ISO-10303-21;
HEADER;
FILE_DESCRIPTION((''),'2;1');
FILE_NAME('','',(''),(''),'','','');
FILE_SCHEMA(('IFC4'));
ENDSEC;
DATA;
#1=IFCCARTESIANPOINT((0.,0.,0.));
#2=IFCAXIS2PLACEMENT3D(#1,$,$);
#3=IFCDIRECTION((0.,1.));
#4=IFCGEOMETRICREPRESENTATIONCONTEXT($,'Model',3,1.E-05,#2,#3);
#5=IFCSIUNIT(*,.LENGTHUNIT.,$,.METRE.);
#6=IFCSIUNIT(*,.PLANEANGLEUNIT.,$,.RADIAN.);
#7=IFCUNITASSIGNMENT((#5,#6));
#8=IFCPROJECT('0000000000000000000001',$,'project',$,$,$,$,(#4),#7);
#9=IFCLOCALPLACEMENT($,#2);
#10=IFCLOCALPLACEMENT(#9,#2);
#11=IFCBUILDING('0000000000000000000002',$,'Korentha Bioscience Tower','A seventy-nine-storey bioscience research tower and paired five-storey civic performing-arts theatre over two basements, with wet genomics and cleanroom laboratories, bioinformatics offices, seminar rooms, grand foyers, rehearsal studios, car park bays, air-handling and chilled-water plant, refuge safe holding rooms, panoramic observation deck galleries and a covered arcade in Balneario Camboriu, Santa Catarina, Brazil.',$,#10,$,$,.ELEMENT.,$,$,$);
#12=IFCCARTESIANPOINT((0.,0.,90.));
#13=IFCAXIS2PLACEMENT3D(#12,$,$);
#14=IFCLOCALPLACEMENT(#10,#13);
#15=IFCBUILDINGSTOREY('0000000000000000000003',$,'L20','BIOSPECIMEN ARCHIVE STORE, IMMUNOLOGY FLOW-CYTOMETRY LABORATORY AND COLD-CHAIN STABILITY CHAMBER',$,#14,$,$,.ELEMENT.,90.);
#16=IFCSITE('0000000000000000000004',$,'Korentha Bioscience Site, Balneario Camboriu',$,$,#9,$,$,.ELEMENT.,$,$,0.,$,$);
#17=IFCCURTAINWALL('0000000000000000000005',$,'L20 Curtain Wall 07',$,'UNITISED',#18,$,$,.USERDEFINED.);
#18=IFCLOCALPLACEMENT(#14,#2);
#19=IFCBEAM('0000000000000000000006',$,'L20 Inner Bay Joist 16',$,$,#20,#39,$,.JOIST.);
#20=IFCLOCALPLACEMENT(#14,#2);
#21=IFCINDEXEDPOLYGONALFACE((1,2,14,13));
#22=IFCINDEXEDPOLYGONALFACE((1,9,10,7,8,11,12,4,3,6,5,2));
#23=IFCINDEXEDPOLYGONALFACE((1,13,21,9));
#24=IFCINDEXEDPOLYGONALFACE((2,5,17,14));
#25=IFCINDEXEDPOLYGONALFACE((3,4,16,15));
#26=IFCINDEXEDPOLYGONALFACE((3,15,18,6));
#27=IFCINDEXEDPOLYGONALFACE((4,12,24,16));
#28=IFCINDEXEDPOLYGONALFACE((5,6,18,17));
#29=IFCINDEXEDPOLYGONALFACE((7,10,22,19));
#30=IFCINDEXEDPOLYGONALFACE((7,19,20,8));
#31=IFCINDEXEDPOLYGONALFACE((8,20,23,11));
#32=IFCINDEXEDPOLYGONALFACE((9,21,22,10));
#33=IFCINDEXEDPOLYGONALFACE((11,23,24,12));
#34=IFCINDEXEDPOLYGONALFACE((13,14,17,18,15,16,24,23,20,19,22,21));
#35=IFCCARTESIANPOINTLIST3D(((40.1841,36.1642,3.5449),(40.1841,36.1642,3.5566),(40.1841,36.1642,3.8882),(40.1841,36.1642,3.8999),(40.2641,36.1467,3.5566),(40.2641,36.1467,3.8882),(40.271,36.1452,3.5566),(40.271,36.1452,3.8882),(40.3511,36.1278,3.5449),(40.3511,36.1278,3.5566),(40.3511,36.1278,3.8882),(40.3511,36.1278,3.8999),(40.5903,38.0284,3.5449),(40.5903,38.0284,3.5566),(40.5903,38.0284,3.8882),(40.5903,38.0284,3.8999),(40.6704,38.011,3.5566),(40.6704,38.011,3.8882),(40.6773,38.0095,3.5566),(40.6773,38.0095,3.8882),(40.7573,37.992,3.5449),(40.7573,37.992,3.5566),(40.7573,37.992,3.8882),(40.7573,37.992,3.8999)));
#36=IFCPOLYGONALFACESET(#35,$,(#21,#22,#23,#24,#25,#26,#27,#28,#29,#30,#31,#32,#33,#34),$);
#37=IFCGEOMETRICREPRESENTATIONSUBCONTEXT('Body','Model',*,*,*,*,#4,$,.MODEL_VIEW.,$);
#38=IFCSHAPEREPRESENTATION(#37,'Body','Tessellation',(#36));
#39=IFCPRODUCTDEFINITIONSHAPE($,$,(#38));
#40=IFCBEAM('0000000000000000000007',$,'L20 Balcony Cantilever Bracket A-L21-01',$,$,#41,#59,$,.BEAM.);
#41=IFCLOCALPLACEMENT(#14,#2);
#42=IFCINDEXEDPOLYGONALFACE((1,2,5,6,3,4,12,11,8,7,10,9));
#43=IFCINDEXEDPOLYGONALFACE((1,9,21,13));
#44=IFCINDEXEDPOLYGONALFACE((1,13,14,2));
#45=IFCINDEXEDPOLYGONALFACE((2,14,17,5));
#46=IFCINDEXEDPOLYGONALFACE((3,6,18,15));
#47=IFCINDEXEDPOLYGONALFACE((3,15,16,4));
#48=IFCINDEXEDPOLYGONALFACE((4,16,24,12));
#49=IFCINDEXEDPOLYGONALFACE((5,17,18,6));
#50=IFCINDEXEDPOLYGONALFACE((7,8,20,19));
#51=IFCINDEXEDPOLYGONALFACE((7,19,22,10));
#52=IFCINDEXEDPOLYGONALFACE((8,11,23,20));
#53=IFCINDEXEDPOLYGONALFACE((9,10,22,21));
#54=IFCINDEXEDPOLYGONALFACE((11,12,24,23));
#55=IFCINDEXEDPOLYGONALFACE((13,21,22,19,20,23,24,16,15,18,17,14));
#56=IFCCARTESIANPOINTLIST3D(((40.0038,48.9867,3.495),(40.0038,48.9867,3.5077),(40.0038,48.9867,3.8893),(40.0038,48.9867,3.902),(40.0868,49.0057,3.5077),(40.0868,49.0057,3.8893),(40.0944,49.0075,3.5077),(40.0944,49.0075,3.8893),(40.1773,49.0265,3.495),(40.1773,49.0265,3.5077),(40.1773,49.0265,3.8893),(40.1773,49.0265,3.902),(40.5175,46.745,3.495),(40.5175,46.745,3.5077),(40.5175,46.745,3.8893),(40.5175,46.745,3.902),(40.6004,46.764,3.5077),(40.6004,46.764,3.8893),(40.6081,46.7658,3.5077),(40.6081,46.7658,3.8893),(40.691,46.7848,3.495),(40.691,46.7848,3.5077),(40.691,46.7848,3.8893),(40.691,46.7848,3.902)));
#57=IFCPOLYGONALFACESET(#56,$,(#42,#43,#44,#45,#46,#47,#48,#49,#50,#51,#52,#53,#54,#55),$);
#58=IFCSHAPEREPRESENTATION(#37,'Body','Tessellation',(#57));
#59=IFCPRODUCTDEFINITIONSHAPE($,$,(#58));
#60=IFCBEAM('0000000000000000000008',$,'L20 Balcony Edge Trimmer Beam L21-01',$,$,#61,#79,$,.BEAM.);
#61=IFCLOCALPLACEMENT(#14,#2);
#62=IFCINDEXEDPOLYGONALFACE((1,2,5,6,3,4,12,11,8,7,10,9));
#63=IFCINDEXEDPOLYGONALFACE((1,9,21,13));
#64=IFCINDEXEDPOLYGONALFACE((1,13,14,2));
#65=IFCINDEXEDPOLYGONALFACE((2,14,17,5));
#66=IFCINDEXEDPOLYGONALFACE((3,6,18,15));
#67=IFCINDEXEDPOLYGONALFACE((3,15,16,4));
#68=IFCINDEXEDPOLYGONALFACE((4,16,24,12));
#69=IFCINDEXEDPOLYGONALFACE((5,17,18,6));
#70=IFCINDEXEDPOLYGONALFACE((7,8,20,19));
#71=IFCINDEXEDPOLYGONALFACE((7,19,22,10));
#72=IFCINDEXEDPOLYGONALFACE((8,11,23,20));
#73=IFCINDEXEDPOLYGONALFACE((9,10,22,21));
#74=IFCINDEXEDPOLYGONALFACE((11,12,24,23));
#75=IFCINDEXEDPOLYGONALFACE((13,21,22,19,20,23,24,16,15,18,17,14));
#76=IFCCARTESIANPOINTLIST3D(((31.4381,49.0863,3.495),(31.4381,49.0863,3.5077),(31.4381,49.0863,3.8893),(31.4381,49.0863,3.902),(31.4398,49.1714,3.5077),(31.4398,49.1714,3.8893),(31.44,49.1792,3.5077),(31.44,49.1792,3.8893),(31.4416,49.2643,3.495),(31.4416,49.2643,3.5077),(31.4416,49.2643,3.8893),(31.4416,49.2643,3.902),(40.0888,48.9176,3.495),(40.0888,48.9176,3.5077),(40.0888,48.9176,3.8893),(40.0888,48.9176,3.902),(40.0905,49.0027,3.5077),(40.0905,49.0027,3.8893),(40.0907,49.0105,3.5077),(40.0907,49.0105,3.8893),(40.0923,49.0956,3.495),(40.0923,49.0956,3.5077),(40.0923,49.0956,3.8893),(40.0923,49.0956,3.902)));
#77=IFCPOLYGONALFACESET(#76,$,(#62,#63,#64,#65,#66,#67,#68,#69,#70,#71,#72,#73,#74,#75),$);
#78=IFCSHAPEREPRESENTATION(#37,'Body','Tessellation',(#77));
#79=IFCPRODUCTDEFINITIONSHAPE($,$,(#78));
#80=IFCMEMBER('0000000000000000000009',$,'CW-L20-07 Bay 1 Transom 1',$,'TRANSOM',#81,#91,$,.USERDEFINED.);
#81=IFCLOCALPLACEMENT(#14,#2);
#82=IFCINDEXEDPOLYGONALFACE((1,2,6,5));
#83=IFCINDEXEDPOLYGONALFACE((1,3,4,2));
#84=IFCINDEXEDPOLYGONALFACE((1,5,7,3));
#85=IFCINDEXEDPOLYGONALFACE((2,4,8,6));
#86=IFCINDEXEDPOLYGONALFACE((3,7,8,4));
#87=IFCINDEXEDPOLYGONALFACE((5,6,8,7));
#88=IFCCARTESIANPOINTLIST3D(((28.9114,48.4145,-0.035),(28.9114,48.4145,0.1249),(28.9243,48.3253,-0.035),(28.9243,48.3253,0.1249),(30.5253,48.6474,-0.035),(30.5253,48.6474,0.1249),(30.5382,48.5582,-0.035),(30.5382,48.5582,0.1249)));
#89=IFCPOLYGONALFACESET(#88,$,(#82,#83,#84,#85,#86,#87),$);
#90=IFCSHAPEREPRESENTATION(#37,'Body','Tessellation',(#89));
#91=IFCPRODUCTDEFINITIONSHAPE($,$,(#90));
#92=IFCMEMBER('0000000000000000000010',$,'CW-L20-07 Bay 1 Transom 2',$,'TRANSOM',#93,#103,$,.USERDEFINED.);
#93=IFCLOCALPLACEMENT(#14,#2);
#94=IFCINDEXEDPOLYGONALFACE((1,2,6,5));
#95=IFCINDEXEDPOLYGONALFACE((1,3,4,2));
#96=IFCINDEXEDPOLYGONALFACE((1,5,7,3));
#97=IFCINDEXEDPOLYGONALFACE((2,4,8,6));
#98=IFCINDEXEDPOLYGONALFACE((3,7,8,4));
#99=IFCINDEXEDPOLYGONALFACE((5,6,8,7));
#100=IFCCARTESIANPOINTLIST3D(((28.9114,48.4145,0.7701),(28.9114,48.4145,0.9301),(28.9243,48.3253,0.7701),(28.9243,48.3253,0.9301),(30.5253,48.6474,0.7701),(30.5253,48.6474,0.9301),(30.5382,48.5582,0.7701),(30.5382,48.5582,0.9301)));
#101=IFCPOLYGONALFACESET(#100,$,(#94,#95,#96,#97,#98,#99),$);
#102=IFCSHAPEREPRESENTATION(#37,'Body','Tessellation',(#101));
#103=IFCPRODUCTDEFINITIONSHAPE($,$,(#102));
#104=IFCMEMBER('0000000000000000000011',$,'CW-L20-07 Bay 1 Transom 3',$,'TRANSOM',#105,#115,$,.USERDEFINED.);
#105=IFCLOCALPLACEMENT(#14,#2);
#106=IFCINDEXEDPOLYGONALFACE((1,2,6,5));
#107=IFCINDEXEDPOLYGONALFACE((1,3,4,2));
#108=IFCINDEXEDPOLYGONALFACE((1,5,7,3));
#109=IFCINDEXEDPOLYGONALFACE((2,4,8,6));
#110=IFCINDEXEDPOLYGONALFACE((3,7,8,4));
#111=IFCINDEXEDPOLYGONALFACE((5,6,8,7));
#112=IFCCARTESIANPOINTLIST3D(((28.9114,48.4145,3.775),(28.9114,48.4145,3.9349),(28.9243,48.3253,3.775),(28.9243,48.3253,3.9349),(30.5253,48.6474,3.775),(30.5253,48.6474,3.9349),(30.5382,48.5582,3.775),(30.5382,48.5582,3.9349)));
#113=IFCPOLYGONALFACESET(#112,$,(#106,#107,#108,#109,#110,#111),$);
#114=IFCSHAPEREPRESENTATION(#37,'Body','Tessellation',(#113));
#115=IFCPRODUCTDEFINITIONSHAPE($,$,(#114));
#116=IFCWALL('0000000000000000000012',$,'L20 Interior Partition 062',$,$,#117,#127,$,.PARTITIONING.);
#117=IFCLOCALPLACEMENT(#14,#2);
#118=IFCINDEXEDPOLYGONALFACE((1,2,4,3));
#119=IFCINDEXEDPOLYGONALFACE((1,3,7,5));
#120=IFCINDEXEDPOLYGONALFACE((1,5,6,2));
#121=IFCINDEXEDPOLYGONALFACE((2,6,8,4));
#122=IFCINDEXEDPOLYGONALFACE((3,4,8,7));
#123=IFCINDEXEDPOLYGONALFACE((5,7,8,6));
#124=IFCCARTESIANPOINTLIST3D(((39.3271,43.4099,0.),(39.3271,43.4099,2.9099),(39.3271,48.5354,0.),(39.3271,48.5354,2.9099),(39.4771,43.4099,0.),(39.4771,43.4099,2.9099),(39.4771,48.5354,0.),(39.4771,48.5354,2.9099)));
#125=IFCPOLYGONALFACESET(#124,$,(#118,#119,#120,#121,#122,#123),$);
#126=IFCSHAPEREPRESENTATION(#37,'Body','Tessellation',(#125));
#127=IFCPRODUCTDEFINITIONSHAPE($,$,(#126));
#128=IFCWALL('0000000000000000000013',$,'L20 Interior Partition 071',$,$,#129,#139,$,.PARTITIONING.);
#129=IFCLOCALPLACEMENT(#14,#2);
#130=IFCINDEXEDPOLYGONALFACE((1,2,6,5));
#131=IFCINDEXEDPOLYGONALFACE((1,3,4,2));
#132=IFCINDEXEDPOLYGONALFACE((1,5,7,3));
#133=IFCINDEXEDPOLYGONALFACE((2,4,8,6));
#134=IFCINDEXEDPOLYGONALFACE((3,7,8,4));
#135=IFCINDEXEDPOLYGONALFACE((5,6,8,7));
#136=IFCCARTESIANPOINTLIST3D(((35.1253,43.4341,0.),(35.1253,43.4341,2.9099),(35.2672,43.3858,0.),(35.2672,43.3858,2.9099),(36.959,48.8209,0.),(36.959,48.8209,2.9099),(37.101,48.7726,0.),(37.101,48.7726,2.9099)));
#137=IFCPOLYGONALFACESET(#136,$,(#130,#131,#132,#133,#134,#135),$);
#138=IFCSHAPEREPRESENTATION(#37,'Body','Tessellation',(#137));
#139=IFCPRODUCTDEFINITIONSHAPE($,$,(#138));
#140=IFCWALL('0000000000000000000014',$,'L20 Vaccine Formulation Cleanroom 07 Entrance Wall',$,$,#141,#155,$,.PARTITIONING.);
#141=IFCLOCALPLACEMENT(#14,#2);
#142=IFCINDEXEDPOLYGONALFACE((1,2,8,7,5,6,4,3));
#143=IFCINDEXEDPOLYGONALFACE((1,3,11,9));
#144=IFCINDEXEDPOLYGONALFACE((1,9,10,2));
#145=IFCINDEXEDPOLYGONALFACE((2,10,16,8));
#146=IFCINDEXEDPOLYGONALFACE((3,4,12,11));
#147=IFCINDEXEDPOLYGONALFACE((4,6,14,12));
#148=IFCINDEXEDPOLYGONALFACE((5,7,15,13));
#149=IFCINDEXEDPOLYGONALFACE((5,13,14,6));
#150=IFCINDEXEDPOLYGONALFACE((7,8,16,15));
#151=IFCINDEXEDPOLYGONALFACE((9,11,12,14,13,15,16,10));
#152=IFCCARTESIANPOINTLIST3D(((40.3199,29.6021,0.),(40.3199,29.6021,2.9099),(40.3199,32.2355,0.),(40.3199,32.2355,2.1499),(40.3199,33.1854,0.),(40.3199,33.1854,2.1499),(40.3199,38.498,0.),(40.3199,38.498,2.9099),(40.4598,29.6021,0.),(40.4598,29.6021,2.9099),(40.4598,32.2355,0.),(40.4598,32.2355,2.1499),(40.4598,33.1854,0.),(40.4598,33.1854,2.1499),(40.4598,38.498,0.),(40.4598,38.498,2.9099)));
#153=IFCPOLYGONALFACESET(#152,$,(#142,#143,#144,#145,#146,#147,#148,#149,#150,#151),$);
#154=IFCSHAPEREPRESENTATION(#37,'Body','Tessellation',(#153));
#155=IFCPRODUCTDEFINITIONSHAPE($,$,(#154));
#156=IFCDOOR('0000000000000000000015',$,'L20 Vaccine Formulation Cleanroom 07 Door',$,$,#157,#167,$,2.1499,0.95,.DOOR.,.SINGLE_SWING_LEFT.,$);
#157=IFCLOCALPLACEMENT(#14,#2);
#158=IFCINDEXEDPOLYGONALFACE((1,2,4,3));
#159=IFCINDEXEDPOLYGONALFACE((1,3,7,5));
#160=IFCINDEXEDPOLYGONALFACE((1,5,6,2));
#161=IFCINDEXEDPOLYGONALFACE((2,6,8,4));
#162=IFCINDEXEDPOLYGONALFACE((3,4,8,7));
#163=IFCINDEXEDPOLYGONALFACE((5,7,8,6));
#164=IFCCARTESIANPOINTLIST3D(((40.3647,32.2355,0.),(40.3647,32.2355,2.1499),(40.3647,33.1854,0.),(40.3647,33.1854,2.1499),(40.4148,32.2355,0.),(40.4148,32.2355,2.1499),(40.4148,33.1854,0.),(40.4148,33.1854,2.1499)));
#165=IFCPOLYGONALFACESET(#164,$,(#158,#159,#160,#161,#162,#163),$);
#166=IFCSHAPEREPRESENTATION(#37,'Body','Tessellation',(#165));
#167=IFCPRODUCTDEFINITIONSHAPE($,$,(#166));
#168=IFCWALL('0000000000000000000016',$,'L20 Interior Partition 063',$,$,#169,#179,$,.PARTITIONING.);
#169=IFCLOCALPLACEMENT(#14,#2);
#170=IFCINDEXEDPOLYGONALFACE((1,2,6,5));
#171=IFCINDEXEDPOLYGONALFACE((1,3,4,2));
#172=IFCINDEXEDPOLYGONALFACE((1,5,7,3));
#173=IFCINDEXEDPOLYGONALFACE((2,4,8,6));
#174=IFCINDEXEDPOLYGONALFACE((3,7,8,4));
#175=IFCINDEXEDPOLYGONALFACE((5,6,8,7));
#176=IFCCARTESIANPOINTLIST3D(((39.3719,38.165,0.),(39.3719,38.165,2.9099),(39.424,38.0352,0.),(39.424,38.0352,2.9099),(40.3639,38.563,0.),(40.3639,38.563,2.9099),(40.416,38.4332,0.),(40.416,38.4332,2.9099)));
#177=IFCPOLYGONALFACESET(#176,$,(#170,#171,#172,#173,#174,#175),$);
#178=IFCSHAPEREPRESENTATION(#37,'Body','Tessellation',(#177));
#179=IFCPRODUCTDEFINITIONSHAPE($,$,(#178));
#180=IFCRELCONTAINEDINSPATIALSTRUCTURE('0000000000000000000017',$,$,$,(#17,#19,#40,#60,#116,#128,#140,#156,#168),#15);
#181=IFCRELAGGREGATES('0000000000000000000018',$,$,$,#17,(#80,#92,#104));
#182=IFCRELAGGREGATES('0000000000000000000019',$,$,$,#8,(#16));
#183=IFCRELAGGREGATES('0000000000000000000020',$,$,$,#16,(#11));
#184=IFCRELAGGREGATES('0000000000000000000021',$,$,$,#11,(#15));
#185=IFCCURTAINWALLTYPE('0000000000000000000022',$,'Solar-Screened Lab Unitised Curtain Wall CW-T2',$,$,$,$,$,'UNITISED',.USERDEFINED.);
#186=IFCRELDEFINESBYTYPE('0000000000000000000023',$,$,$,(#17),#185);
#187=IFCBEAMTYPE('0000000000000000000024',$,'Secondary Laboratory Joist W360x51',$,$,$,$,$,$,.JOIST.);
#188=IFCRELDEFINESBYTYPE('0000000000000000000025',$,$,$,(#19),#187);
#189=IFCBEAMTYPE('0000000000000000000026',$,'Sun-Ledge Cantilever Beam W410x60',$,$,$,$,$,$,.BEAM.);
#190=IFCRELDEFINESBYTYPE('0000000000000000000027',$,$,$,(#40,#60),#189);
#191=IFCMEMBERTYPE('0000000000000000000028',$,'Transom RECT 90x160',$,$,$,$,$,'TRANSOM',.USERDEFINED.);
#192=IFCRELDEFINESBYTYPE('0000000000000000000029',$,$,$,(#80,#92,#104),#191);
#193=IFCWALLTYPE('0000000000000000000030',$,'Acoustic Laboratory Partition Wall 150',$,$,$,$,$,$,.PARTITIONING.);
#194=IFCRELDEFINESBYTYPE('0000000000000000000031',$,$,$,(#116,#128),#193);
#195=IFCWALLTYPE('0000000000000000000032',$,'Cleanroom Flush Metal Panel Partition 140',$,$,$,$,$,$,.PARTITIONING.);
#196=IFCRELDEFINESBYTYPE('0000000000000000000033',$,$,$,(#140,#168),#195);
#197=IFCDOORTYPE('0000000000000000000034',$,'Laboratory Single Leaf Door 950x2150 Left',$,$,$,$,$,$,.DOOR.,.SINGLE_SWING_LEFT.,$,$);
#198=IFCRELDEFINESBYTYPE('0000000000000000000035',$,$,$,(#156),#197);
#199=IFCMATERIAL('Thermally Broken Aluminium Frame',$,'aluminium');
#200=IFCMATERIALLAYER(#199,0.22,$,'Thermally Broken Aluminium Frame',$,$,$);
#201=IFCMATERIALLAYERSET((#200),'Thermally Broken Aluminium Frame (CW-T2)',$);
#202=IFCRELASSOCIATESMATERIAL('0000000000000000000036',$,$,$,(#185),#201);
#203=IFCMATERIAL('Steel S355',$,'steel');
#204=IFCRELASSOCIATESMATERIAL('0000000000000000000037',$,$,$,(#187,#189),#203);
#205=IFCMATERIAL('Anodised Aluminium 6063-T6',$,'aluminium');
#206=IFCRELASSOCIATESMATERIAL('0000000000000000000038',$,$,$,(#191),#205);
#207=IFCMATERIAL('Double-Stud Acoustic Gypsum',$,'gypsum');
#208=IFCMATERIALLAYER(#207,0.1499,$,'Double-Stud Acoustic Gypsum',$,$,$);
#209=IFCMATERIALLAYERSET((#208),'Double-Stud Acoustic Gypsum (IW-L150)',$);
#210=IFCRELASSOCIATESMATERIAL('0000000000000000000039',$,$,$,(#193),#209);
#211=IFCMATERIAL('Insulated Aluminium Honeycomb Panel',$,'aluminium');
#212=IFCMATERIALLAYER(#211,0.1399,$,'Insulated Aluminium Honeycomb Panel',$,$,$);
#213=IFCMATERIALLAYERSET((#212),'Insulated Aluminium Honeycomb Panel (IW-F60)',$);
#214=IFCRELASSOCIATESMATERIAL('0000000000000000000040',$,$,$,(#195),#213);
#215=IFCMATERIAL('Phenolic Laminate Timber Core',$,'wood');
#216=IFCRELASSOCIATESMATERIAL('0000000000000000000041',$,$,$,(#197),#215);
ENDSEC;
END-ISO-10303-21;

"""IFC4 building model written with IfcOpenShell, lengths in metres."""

from ifc_helpers import new_model, si_unit, direction, frame, frame_2d, origin, origin_2d, place, context, subcontext, project, spatial, rectangle, i_section, extrude, material, layer, layer_set, material_profile, profile_set, type_object, element, fill, aggregate, save


model = new_model("IFC4")

# Units and contexts
model_context = context("Model", 3, precision=1e-05, world=origin(), true_north=direction((0.0, 1.0)))
body_context = subcontext(model_context, "Body", "Model", "MODEL_VIEW")
ifc_project = project(units=[si_unit("LENGTHUNIT", "METRE"), si_unit("PLANEANGLEUNIT", "RADIAN")], contexts=[model_context])

# Site, building, storey
site_placement = place(None, origin())
site = spatial("IfcSite", under=ifc_project, at=site_placement, Name="Korentha Bioscience Site, Balneario Camboriu", CompositionType="ELEMENT", RefElevation=0.0)
building_placement = place(site_placement, origin())
building = spatial("IfcBuilding", under=site, at=building_placement, Name="Korentha Bioscience Tower", Description="A seventy-nine-storey bioscience research tower and paired five-storey civic performing-arts theatre over two basements, with wet genomics and cleanroom laboratories, bioinformatics offices, seminar rooms, grand foyers, rehearsal studios, car park bays, air-handling and chilled-water plant, refuge safe holding rooms, panoramic observation deck galleries and a covered arcade in Balneario Camboriu, Santa Catarina, Brazil.", CompositionType="ELEMENT")
storey_placement = place(building_placement, frame((0.0, 0.0, 90.0)))
storey = spatial("IfcBuildingStorey", under=building, at=storey_placement, Name="L20", Description="BIOSPECIMEN ARCHIVE STORE, IMMUNOLOGY FLOW-CYTOMETRY LABORATORY AND COLD-CHAIN STABILITY CHAMBER", CompositionType="ELEMENT", Elevation=90.0)

# Shared definitions
ifc_material_1 = material(Name="Steel S355", Category="steel")

# Curtain wall
ifc_material_2 = material(Name="Thermally Broken Aluminium Frame", Category="aluminium")
ifc_layer_1 = layer(ifc_material_2, 0.22, Name="Thermally Broken Aluminium Frame")
ifc_layer_set_1 = layer_set([ifc_layer_1], Name="Thermally Broken Aluminium Frame (CW-T2)")
curtain_wall_type = type_object("IfcCurtainWallType", Name="Solar-Screened Lab Unitised Curtain Wall CW-T2", ElementType="UNITISED", PredefinedType="USERDEFINED", material=ifc_layer_set_1)
curtain_wall_placement = place(storey_placement, origin())
curtain_wall = element("IfcCurtainWall", 1, at=curtain_wall_placement, inside=storey, type_object=curtain_wall_type, Name="L20 Curtain Wall 07", ObjectType="UNITISED", PredefinedType="USERDEFINED")
ifc_material_3 = material(Name="Anodised Aluminium 6063-T6", Category="aluminium")

# Beams
ifc_material_profile_1 = material_profile(ifc_material_1, i_section(OverallWidth=0.1709, OverallDepth=0.355, WebThickness=0.0071, FlangeThickness=0.0117, at=origin_2d()), Name="Steel S355")
ifc_profile_set_1 = profile_set([ifc_material_profile_1], Name="Steel S355 (JB-360)")
beam_type_1 = type_object("IfcBeamType", Name="Secondary Laboratory Joist W360x51", PredefinedType="JOIST", material=ifc_profile_set_1)
beam_1_placement = place(storey_placement, frame((40.2676, 36.146, 3.7224), z_axis=(0.212918, 0.97707, 0.0), x_axis=(-0.97707, 0.212918, 0.0)))
element("IfcBeam", 2, at=beam_1_placement, inside=storey, type_object=beam_type_1, Name="L20 Inner Bay Joist 16", PredefinedType="JOIST", context=body_context, shape_type="SweptSolid", body=[
    extrude(i_section(OverallWidth=0.1709, OverallDepth=0.355, WebThickness=0.0071, FlangeThickness=0.0117, at=origin_2d()), origin(), (0.0, 0.0, 1.0), 1.908),
])
ifc_material_profile_2 = material_profile(ifc_material_1, i_section(OverallWidth=0.178, OverallDepth=0.407, WebThickness=0.0078, FlangeThickness=0.0127, at=origin_2d()), Name="Steel S355")
ifc_profile_set_2 = profile_set([ifc_material_profile_2], Name="Steel S355 (CB-410)")
beam_type_2 = type_object("IfcBeamType", Name="Sun-Ledge Cantilever Beam W410x60", PredefinedType="BEAM", material=ifc_profile_set_2)
beam_2_placement = place(storey_placement, frame((40.6042, 46.7649, 3.6985), z_axis=(-0.223355, 0.974737, 0.0), x_axis=(-0.974737, -0.223355, 0.0)))
element("IfcBeam", 3, at=beam_2_placement, inside=storey, type_object=beam_type_2, Name="L20 Balcony Cantilever Bracket A-L21-01", PredefinedType="BEAM", context=body_context, shape_type="SweptSolid", body=[
    extrude(i_section(OverallWidth=0.178, OverallDepth=0.407, WebThickness=0.0078, FlangeThickness=0.0127, at=origin_2d()), origin(), (0.0, 0.0, 1.0), 2.2998),
])
beam_3_placement = place(storey_placement, frame((40.0906, 49.0066, 3.6985), z_axis=(-0.99981, 0.019498, 0.0), x_axis=(-0.019498, -0.99981, 0.0)))
element("IfcBeam", 4, at=beam_3_placement, inside=storey, type_object=beam_type_2, Name="L20 Balcony Edge Trimmer Beam L21-01", PredefinedType="BEAM", context=body_context, shape_type="SweptSolid", body=[
    extrude(i_section(OverallWidth=0.178, OverallDepth=0.407, WebThickness=0.0078, FlangeThickness=0.0127, at=origin_2d()), origin(), (0.0, 0.0, 1.0), 8.6523),
])

# Members
ifc_material_profile_3 = material_profile(ifc_material_3, rectangle(XDim=0.0901, YDim=0.1599, at=origin_2d()), Name="Anodised Aluminium 6063-T6")
ifc_profile_set_3 = profile_set([ifc_material_profile_3], Name="Anodised Aluminium 6063-T6 (CW-TRN)")
member_type_1 = type_object("IfcMemberType", Name="Transom RECT 90x160", ElementType="TRANSOM", PredefinedType="USERDEFINED", material=ifc_profile_set_3)
member_1_placement = place(storey_placement, frame((30.5317, 48.6028, 0.0449), z_axis=(-0.989748, -0.142826, 0.0), x_axis=(0.142826, -0.989748, 0.0)))
member_1 = element("IfcMember", 5, at=member_1_placement, type_object=member_type_1, Name="CW-L20-07 Bay 1 Transom 1", ObjectType="TRANSOM", PredefinedType="USERDEFINED", context=body_context, shape_type="SweptSolid", body=[
    extrude(rectangle(XDim=0.0901, YDim=0.1599, at=origin_2d()), origin(), (0.0, 0.0, 1.0), 1.6306),
])
member_2_placement = place(storey_placement, frame((30.5317, 48.6028, 0.8501), z_axis=(-0.989748, -0.142826, 0.0), x_axis=(0.142826, -0.989748, 0.0)))
member_2 = element("IfcMember", 6, at=member_2_placement, type_object=member_type_1, Name="CW-L20-07 Bay 1 Transom 2", ObjectType="TRANSOM", PredefinedType="USERDEFINED", context=body_context, shape_type="SweptSolid", body=[
    extrude(rectangle(XDim=0.0901, YDim=0.1599, at=origin_2d()), origin(), (0.0, 0.0, 1.0), 1.6306),
])
member_3_placement = place(storey_placement, frame((30.5317, 48.6028, 3.855), z_axis=(-0.989748, -0.142826, 0.0), x_axis=(0.142826, -0.989748, 0.0)))
member_3 = element("IfcMember", 7, at=member_3_placement, type_object=member_type_1, Name="CW-L20-07 Bay 1 Transom 3", ObjectType="TRANSOM", PredefinedType="USERDEFINED", context=body_context, shape_type="SweptSolid", body=[
    extrude(rectangle(XDim=0.0901, YDim=0.1599, at=origin_2d()), origin(), (0.0, 0.0, 1.0), 1.6306),
])
aggregate(curtain_wall, [member_1, member_2, member_3])

# Shared definitions
ifc_material_4 = material(Name="Double-Stud Acoustic Gypsum", Category="gypsum")
ifc_layer_2 = layer(ifc_material_4, 0.1499, Name="Double-Stud Acoustic Gypsum")
ifc_layer_set_2 = layer_set([ifc_layer_2], Name="Double-Stud Acoustic Gypsum (IW-L150)")
wall_type_1 = type_object("IfcWallType", Name="Acoustic Laboratory Partition Wall 150", PredefinedType="PARTITIONING", material=ifc_layer_set_2)
ifc_material_5 = material(Name="Phenolic Laminate Timber Core", Category="wood")

# Walls
wall_1_placement = place(storey_placement, frame((39.4021, 43.4099, 0.0), z_axis=(0.0, 0.0, 1.0), x_axis=(0.0, 1.0, 0.0)))
element("IfcWall", 8, at=wall_1_placement, inside=storey, type_object=wall_type_1, Name="L20 Interior Partition 062", PredefinedType="PARTITIONING", context=body_context, shape_type="SweptSolid", body=[
    extrude(rectangle(XDim=5.1255, YDim=0.1499, at=frame_2d((2.5627, 0.0))), origin(), (0.0, 0.0, 1.0), 2.9099),
])
wall_2_placement = place(storey_placement, frame((35.1963, 43.4099, 0.0), z_axis=(0.0, 0.0, 1.0), x_axis=(0.322245, 0.946656, 0.0)))
element("IfcWall", 9, at=wall_2_placement, inside=storey, type_object=wall_type_1, Name="L20 Interior Partition 071", PredefinedType="PARTITIONING", context=body_context, shape_type="SweptSolid", body=[
    extrude(rectangle(XDim=5.6904, YDim=0.1499, at=frame_2d((2.8452, 0.0))), origin(), (0.0, 0.0, 1.0), 2.9099),
])

# Wall, opening, door
ifc_material_6 = material(Name="Insulated Aluminium Honeycomb Panel", Category="aluminium")
ifc_layer_3 = layer(ifc_material_6, 0.1399, Name="Insulated Aluminium Honeycomb Panel")
ifc_layer_set_3 = layer_set([ifc_layer_3], Name="Insulated Aluminium Honeycomb Panel (IW-F60)")
wall_type_2 = type_object("IfcWallType", Name="Cleanroom Flush Metal Panel Partition 140", PredefinedType="PARTITIONING", material=ifc_layer_set_3)
wall_3_placement = place(storey_placement, frame((40.3899, 38.498, 0.0), z_axis=(0.0, 0.0, 1.0), x_axis=(0.0, -1.0, 0.0)))
wall_3 = element("IfcWall", 10, at=wall_3_placement, inside=storey, type_object=wall_type_2, Name="L20 Vaccine Formulation Cleanroom 07 Entrance Wall", PredefinedType="PARTITIONING", context=body_context, shape_type="SweptSolid", body=[
    extrude(rectangle(XDim=8.896, YDim=0.1399, at=frame_2d((4.448, 0.0))), origin(), (0.0, 0.0, 1.0), 2.9099),
])
opening_1_placement = place(wall_3_placement, frame((5.3125, 0.0, 0.0)))
opening_1 = element("IfcOpeningElement", 11, at=opening_1_placement, cuts=wall_3, PredefinedType="OPENING", context=body_context, shape_type="SweptSolid", body=[
    extrude(rectangle(XDim=0.95, YDim=2.1499, at=frame_2d((0.4751, 1.075))), frame((0.0, 0.085, 0.0), z_axis=(0.0, -1.0, 0.0), x_axis=(1.0, 0.0, 0.0)), (0.0, 0.0, 1.0), 0.1697),
])
door_type_1 = type_object("IfcDoorType", Name="Laboratory Single Leaf Door 950x2150 Left", OperationType="SINGLE_SWING_LEFT", PredefinedType="DOOR", material=ifc_material_5)
door_1_placement = place(opening_1_placement, origin())
door_1 = element("IfcDoor", 12, at=door_1_placement, inside=storey, type_object=door_type_1, Name="L20 Vaccine Formulation Cleanroom 07 Door", OperationType="SINGLE_SWING_LEFT", OverallHeight=2.1499, OverallWidth=0.95, PredefinedType="DOOR", context=body_context, shape_type="SweptSolid", body=[
    extrude(rectangle(XDim=0.95, YDim=2.1499, at=frame_2d((0.4751, 1.075))), frame((0.0, 0.0249, 0.0), z_axis=(0.0, -1.0, 0.0), x_axis=(1.0, 0.0, 0.0)), (0.0, 0.0, 1.0), 0.05),
])
fill(opening_1, door_1)

# Wall
wall_4_placement = place(storey_placement, frame((39.3979, 38.1001, 0.0), z_axis=(0.0, 0.0, 1.0), x_axis=(0.928098, 0.372336, 0.0)))
element("IfcWall", 13, at=wall_4_placement, inside=storey, type_object=wall_type_2, Name="L20 Interior Partition 063", PredefinedType="PARTITIONING", context=body_context, shape_type="SweptSolid", body=[
    extrude(rectangle(XDim=1.0688, YDim=0.1399, at=frame_2d((0.5344, 0.0))), origin(), (0.0, 0.0, 1.0), 2.9099),
])

save(model, "model.ifc")
